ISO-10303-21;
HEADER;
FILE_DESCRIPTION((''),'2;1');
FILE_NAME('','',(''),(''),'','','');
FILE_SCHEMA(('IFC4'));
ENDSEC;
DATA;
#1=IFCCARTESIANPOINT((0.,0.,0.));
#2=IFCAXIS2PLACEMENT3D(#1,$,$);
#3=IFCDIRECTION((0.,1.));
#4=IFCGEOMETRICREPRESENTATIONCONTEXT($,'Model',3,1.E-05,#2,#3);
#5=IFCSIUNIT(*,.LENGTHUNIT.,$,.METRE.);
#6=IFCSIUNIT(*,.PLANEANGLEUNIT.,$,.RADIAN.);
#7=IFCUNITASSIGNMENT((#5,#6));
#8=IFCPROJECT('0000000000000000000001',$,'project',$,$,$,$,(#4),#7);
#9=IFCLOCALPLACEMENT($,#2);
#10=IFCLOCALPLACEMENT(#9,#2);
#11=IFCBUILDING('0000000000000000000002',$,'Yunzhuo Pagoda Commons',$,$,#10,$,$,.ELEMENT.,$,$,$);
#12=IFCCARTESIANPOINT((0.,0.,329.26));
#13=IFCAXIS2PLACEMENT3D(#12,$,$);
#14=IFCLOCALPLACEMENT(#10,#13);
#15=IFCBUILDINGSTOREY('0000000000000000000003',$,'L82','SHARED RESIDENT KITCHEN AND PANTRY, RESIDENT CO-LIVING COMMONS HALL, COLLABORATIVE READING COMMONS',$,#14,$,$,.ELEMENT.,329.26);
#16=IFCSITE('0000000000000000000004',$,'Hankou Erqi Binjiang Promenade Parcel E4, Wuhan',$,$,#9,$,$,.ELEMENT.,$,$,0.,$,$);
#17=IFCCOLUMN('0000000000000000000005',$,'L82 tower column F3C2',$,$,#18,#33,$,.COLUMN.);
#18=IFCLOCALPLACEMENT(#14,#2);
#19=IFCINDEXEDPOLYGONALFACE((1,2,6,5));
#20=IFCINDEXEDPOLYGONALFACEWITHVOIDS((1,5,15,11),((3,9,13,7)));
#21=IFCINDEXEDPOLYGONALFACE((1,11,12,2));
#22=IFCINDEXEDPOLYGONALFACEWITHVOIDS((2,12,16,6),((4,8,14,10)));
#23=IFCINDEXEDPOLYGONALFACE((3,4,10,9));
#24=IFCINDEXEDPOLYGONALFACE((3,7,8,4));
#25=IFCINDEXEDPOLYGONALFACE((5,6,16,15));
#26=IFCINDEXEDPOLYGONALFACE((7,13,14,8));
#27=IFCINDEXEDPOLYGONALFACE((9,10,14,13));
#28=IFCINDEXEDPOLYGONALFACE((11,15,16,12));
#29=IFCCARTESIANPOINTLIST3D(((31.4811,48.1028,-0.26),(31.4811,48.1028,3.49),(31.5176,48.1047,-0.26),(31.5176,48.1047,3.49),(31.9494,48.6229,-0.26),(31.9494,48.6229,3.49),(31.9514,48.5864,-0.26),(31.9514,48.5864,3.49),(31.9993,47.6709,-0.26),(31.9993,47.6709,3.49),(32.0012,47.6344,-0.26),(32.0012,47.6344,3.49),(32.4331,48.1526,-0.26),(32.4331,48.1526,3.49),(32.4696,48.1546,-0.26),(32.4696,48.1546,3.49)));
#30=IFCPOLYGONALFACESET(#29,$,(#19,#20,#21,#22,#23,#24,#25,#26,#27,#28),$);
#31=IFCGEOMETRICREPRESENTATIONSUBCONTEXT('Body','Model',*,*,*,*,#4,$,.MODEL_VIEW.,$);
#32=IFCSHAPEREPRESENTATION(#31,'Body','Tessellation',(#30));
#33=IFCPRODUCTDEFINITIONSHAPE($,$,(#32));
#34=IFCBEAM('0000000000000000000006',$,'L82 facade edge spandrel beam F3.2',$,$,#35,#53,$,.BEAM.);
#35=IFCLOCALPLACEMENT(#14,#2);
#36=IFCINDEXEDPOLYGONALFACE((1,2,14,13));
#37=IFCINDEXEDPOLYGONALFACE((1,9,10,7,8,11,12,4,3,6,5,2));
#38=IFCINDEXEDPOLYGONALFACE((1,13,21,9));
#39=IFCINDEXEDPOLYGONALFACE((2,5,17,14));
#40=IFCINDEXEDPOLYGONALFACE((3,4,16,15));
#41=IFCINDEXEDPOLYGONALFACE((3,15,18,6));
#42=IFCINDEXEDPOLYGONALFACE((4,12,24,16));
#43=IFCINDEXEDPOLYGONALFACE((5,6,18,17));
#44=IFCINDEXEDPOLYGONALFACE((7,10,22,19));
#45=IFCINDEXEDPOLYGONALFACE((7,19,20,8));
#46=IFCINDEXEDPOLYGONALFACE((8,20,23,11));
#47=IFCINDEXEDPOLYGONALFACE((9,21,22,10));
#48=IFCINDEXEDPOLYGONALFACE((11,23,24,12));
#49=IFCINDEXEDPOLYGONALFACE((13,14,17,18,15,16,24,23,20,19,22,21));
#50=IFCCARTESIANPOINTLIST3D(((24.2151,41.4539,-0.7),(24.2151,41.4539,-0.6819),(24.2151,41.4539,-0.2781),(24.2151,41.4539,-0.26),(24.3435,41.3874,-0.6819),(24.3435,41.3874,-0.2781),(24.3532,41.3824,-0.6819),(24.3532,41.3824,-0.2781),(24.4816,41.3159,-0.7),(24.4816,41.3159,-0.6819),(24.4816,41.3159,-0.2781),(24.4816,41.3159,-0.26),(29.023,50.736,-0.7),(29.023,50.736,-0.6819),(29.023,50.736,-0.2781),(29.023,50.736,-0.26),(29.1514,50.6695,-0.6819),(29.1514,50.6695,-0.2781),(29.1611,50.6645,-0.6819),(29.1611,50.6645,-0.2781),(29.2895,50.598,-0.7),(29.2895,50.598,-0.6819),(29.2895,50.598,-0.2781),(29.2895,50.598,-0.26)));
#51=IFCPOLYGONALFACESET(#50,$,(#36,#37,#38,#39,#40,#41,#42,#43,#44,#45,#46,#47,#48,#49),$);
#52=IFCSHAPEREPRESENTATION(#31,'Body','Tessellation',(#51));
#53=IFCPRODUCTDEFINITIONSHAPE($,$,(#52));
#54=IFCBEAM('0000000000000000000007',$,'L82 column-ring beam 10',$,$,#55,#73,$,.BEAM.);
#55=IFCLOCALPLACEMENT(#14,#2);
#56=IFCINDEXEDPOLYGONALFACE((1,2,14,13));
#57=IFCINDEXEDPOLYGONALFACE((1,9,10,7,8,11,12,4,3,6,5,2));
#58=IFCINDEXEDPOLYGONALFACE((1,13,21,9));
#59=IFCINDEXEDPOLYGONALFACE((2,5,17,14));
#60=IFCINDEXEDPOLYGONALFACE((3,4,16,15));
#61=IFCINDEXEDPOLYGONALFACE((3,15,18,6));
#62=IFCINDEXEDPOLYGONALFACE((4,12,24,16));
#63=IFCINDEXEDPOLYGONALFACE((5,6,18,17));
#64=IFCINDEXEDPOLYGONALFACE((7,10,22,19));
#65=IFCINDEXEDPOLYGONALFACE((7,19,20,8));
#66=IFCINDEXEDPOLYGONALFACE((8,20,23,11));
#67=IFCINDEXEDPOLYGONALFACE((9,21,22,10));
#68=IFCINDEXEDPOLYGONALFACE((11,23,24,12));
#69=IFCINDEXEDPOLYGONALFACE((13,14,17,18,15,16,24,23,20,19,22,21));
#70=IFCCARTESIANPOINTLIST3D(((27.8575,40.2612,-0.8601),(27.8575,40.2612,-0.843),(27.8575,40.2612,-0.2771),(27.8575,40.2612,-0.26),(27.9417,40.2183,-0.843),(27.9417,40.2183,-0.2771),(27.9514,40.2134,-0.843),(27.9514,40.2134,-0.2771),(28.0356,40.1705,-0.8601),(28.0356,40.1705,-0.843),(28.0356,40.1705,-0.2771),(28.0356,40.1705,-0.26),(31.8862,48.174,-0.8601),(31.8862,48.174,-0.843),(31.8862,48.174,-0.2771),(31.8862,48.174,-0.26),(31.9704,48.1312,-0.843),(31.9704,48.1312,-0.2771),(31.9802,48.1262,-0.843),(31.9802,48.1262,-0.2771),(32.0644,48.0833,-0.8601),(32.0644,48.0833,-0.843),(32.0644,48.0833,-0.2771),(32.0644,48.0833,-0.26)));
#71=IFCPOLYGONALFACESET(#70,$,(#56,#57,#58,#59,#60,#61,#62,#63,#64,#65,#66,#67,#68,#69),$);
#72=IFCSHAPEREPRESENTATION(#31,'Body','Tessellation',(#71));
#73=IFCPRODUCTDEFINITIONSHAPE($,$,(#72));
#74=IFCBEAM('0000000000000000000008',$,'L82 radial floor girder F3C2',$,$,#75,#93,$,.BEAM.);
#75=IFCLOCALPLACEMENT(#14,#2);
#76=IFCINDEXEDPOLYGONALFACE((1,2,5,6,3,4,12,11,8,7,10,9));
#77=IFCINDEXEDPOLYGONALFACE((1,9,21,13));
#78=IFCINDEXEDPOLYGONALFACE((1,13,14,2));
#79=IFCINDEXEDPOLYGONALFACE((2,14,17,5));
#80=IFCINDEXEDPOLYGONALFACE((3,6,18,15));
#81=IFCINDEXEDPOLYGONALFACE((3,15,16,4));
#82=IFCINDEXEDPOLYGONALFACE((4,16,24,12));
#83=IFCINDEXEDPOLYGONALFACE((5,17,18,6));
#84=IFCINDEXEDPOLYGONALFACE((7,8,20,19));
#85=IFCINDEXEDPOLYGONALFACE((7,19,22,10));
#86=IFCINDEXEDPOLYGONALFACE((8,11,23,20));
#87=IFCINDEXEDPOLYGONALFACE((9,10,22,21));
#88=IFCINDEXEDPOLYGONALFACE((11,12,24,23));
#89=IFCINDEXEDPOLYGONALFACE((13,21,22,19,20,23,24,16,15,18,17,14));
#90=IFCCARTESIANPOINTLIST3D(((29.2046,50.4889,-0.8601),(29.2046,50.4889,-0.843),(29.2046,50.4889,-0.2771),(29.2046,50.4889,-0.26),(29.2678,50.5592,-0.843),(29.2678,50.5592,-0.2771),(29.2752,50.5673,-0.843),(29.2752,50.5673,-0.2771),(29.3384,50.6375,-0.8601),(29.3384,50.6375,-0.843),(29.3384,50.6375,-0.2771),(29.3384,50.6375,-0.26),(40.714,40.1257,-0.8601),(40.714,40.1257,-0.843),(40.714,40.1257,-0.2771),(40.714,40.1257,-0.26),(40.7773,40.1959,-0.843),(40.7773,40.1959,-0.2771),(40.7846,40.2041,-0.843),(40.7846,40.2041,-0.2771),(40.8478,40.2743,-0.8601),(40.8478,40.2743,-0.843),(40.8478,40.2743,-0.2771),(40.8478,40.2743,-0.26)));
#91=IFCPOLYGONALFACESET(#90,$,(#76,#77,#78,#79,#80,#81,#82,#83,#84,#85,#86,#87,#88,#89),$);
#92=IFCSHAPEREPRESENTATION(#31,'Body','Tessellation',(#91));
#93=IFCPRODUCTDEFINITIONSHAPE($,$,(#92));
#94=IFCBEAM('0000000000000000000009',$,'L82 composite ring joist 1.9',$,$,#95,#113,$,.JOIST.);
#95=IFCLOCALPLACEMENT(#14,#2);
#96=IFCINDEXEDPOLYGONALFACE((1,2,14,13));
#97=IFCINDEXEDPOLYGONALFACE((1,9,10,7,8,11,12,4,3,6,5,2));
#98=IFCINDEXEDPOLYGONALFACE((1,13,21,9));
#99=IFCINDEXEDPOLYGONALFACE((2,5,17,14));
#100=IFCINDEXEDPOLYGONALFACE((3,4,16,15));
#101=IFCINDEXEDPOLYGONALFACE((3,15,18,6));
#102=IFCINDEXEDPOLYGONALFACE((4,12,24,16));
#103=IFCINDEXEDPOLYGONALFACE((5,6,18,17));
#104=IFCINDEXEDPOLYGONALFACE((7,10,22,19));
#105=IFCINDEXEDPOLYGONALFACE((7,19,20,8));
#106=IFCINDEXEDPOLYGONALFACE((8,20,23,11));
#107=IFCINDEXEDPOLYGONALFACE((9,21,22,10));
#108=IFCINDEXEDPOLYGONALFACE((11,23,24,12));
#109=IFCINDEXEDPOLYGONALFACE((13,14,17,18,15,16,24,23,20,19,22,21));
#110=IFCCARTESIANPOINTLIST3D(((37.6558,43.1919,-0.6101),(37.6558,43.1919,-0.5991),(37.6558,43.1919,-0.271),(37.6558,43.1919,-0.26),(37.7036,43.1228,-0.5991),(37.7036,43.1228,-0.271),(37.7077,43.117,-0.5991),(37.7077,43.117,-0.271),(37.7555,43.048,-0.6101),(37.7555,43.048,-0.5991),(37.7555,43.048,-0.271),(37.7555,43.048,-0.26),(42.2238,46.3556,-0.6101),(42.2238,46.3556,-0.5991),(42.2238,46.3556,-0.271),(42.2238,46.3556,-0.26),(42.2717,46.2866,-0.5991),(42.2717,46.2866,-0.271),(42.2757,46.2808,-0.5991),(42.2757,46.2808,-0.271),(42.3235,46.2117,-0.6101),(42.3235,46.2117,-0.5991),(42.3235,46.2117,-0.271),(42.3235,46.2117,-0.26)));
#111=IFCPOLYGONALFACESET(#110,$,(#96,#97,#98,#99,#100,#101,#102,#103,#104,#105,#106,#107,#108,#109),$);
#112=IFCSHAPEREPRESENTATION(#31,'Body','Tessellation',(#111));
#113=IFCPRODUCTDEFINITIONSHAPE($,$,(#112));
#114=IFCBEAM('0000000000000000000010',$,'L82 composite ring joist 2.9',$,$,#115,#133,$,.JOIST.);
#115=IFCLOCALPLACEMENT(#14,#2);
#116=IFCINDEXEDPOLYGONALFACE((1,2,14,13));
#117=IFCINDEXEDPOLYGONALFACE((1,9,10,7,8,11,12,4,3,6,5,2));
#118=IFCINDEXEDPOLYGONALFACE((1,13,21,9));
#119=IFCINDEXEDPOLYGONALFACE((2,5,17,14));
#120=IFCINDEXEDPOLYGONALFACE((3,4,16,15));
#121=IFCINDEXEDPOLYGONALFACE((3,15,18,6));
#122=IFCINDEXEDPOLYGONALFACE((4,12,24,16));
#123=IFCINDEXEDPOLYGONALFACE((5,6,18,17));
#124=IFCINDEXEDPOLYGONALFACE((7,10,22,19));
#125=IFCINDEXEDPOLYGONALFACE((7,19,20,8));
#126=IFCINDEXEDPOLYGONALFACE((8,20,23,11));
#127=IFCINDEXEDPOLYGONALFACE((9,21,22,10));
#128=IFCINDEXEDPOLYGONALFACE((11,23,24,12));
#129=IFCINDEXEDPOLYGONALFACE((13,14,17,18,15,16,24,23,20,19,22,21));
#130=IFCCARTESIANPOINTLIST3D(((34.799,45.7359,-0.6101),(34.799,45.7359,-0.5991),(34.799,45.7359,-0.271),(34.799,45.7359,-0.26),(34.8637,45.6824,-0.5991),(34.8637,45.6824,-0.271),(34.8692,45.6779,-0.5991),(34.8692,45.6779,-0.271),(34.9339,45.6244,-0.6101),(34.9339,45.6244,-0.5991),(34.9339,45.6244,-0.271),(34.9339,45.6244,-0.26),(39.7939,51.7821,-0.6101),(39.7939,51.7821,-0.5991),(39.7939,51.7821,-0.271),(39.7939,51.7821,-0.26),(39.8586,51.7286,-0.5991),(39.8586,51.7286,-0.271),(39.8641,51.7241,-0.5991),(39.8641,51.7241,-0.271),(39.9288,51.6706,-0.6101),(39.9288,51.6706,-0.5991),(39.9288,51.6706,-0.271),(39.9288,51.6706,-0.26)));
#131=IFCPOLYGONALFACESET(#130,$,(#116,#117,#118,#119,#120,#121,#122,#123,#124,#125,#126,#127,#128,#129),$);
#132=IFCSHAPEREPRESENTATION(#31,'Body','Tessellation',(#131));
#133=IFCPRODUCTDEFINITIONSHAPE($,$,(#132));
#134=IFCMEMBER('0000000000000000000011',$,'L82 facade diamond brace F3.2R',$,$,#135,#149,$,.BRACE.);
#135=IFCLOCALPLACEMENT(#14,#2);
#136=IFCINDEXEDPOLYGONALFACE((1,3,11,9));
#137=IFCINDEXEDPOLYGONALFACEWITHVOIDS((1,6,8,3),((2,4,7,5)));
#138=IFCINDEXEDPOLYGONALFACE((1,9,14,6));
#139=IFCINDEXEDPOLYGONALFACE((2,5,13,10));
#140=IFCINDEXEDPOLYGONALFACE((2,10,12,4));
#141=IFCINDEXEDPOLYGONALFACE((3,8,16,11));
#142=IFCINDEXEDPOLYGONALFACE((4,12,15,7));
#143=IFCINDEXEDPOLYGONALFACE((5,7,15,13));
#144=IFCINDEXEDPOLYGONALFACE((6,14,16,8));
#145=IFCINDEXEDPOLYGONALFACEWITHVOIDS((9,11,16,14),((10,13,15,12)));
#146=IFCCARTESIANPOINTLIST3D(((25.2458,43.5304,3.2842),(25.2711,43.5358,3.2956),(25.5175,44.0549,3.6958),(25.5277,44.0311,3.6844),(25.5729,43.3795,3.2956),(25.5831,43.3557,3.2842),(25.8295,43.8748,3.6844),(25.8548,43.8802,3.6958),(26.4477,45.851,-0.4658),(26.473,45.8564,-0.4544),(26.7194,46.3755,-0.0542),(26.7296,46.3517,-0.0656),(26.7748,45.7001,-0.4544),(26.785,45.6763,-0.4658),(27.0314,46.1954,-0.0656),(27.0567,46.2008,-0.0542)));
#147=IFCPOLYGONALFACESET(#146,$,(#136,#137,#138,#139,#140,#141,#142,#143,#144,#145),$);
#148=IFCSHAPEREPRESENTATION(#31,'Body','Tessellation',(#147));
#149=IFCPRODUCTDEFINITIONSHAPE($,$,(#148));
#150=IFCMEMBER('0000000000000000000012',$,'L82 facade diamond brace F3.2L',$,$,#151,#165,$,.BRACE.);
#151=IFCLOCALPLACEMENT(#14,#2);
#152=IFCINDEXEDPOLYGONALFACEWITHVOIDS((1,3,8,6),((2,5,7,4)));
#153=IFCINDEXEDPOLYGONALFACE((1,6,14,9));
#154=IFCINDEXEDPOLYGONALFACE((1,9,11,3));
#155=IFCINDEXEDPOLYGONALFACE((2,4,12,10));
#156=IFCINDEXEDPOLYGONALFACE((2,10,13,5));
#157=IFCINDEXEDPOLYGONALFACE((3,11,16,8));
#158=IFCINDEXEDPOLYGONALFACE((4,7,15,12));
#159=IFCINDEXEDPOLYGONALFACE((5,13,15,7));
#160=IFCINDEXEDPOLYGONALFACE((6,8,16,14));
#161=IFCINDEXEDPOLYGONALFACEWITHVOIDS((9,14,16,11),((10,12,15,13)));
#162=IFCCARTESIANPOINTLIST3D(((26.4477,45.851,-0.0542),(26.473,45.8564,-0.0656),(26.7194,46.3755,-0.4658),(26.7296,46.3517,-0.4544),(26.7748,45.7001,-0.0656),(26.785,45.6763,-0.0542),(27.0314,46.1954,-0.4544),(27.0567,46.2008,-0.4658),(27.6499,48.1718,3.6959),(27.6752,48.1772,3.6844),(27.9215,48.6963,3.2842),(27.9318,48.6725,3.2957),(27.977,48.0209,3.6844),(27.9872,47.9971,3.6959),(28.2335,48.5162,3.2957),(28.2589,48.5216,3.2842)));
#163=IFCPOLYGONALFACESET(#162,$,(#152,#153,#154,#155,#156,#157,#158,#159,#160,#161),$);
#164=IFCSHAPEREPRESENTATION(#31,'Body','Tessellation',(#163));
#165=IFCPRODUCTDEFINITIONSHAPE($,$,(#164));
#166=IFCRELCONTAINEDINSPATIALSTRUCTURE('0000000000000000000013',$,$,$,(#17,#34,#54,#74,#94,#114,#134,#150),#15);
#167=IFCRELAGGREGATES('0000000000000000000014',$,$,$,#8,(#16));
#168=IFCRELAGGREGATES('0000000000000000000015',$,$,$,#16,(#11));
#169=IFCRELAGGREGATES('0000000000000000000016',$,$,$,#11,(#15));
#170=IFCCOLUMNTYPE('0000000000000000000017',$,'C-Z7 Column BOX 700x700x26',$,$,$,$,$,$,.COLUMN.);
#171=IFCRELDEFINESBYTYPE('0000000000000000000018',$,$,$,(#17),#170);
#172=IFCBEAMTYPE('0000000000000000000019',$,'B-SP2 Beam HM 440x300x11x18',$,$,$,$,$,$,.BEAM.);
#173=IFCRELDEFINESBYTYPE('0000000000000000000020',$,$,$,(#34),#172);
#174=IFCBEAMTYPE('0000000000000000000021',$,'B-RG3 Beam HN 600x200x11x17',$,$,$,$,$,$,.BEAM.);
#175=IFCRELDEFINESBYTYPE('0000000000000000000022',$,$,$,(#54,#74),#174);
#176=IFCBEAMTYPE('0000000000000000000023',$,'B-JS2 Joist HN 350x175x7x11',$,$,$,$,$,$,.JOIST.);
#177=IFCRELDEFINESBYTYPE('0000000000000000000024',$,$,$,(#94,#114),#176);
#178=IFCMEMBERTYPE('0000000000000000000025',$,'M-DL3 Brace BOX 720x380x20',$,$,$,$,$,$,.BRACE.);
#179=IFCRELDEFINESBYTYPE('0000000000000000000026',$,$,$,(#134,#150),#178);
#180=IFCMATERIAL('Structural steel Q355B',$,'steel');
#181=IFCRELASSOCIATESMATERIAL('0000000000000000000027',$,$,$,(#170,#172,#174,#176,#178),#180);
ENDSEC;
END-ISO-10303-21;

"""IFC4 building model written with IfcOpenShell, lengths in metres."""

from ifc_helpers import new_model, si_unit, direction, frame, origin, origin_2d, place, context, subcontext, project, spatial, hollow_rectangle, i_section, extrude, source, transform, mapped, material, material_profile, profile_set, type_object, element, save


model = new_model("IFC4")

# Units and contexts
model_context = context("Model", 3, precision=1e-05, world=origin(), true_north=direction((0.0, 1.0)))
body_context = subcontext(model_context, "Body", "Model", "MODEL_VIEW")
ifc_project = project(units=[si_unit("LENGTHUNIT", "METRE"), si_unit("PLANEANGLEUNIT", "RADIAN")], contexts=[model_context])

# Site, building, storey
site_placement = place(None, origin())
site = spatial("IfcSite", under=ifc_project, at=site_placement, Name="Hankou Erqi Binjiang Promenade Parcel E4, Wuhan", CompositionType="ELEMENT", RefElevation=0.0)
building_placement = place(site_placement, origin())
building = spatial("IfcBuilding", under=site, at=building_placement, Name="Yunzhuo Pagoda Commons", CompositionType="ELEMENT")
storey_placement = place(building_placement, frame((0.0, 0.0, 329.26)))
storey = spatial("IfcBuildingStorey", under=building, at=storey_placement, Name="L82", Description="SHARED RESIDENT KITCHEN AND PANTRY, RESIDENT CO-LIVING COMMONS HALL, COLLABORATIVE READING COMMONS", CompositionType="ELEMENT", Elevation=329.26)

# Column
ifc_material_1 = material(Name="Structural steel Q355B", Category="steel")
ifc_material_profile_1 = material_profile(ifc_material_1, hollow_rectangle(XDim=0.7, YDim=0.7, WallThickness=0.0259, at=origin_2d()), Name="Structural steel Q355B")
ifc_profile_set_1 = profile_set([ifc_material_profile_1], Name="Structural steel Q355B")
column_type = type_object("IfcColumnType", Name="C-Z7 Column BOX 700x700x26", PredefinedType="COLUMN", material=ifc_profile_set_1)
shared_shape_1 = source(origin(), body_context, "Body", "SweptSolid", [
    extrude(hollow_rectangle(XDim=0.7, YDim=0.7, WallThickness=0.0259, at=origin_2d()), origin(), (0.0, 0.0, 1.0), 3.75),
])
column_placement = place(storey_placement, frame((31.9753, 48.1287, -0.26), z_axis=(0.0, 0.0, 1.0), x_axis=(-0.669131, -0.743145, 0.0)))
element("IfcColumn", 1, at=column_placement, inside=storey, type_object=column_type, Name="L82 tower column F3C2", PredefinedType="COLUMN", context=body_context, shape_type="MappedRepresentation", body=[
    mapped(shared_shape_1, transform((0.0, 0.0, 0.0), scale=1.0)),
])

# Beams
ifc_material_profile_2 = material_profile(ifc_material_1, i_section(OverallWidth=0.3, OverallDepth=0.4399, WebThickness=0.011, FlangeThickness=0.0181, at=origin_2d()), Name="Structural steel Q355B")
ifc_profile_set_2 = profile_set([ifc_material_profile_2], Name="Structural steel Q355B")
beam_type_1 = type_object("IfcBeamType", Name="B-SP2 Beam HM 440x300x11x18", PredefinedType="BEAM", material=ifc_profile_set_2)
shared_shape_2 = source(origin(), body_context, "Body", "SweptSolid", [
    extrude(i_section(OverallWidth=0.3, OverallDepth=0.4399, WebThickness=0.011, FlangeThickness=0.0181, at=origin_2d()), origin(), (0.0, 0.0, 1.0), 10.4534),
])
beam_1_placement = place(storey_placement, frame((29.1562, 50.667, -0.48), z_axis=(-0.459939, -0.887951, 0.0), x_axis=(0.887951, -0.459939, 0.0)))
element("IfcBeam", 2, at=beam_1_placement, inside=storey, type_object=beam_type_1, Name="L82 facade edge spandrel beam F3.2", PredefinedType="BEAM", context=body_context, shape_type="MappedRepresentation", body=[
    mapped(shared_shape_2, transform((0.0, 0.0, 0.0), scale=1.0)),
])
ifc_material_profile_3 = material_profile(ifc_material_1, i_section(OverallWidth=0.2, OverallDepth=0.6001, WebThickness=0.011, FlangeThickness=0.0171, at=origin_2d()), Name="Structural steel Q355B")
ifc_profile_set_3 = profile_set([ifc_material_profile_3], Name="Structural steel Q355B")
beam_type_2 = type_object("IfcBeamType", Name="B-RG3 Beam HN 600x200x11x17", PredefinedType="BEAM", material=ifc_profile_set_3)
shared_shape_3 = source(origin(), body_context, "Body", "SweptSolid", [
    extrude(i_section(OverallWidth=0.2, OverallDepth=0.6001, WebThickness=0.011, FlangeThickness=0.0171, at=origin_2d()), origin(), (0.0, 0.0, 1.0), 8.8794),
])
beam_2_placement = place(storey_placement, frame((31.9753, 48.1287, -0.5601), z_axis=(-0.453724, -0.891142, 0.0), x_axis=(0.891142, -0.453724, 0.0)))
element("IfcBeam", 3, at=beam_2_placement, inside=storey, type_object=beam_type_2, Name="L82 column-ring beam 10", PredefinedType="BEAM", context=body_context, shape_type="MappedRepresentation", body=[
    mapped(shared_shape_3, transform((0.0, 0.0, 0.0), scale=1.0)),
])
shared_shape_4 = source(origin(), body_context, "Body", "SweptSolid", [
    extrude(i_section(OverallWidth=0.2, OverallDepth=0.6001, WebThickness=0.011, FlangeThickness=0.0171, at=origin_2d()), origin(), (0.0, 0.0, 1.0), 15.4875),
])
beam_3_placement = place(storey_placement, frame((29.2715, 50.5632, -0.5601), z_axis=(0.743143, -0.669133, 0.0), x_axis=(0.669133, 0.743143, 0.0)))
element("IfcBeam", 4, at=beam_3_placement, inside=storey, type_object=beam_type_2, Name="L82 radial floor girder F3C2", PredefinedType="BEAM", context=body_context, shape_type="MappedRepresentation", body=[
    mapped(shared_shape_4, transform((0.0, 0.0, 0.0), scale=1.0)),
])
ifc_material_profile_4 = material_profile(ifc_material_1, i_section(OverallWidth=0.175, OverallDepth=0.3501, WebThickness=0.0071, FlangeThickness=0.011, at=origin_2d()), Name="Structural steel Q355B")
ifc_profile_set_4 = profile_set([ifc_material_profile_4], Name="Structural steel Q355B")
beam_type_3 = type_object("IfcBeamType", Name="B-JS2 Joist HN 350x175x7x11", PredefinedType="JOIST", material=ifc_profile_set_4)
shared_shape_5 = source(origin(), body_context, "Body", "SweptSolid", [
    extrude(i_section(OverallWidth=0.175, OverallDepth=0.3501, WebThickness=0.0071, FlangeThickness=0.011, at=origin_2d()), origin(), (0.0, 0.0, 1.0), 5.5566),
])
beam_4_placement = place(storey_placement, frame((42.2737, 46.2837, -0.4351), z_axis=(-0.822085, -0.569365, 0.0), x_axis=(0.569365, -0.822085, 0.0)))
element("IfcBeam", 5, at=beam_4_placement, inside=storey, type_object=beam_type_3, Name="L82 composite ring joist 1.9", PredefinedType="JOIST", context=body_context, shape_type="MappedRepresentation", body=[
    mapped(shared_shape_5, transform((0.0, 0.0, 0.0), scale=1.0)),
])
shared_shape_6 = source(origin(), body_context, "Body", "SweptSolid", [
    extrude(i_section(OverallWidth=0.175, OverallDepth=0.3501, WebThickness=0.0071, FlangeThickness=0.011, at=origin_2d()), origin(), (0.0, 0.0, 1.0), 7.8425),
])
beam_5_placement = place(storey_placement, frame((39.8613, 51.7263, -0.4351), z_axis=(-0.636899, -0.770947, 0.0), x_axis=(0.770947, -0.636899, 0.0)))
element("IfcBeam", 6, at=beam_5_placement, inside=storey, type_object=beam_type_3, Name="L82 composite ring joist 2.9", PredefinedType="JOIST", context=body_context, shape_type="MappedRepresentation", body=[
    mapped(shared_shape_6, transform((0.0, 0.0, 0.0), scale=1.0)),
])

# Members
ifc_material_profile_5 = material_profile(ifc_material_1, hollow_rectangle(XDim=0.3799, YDim=0.72, WallThickness=0.02, at=origin_2d()), Name="Structural steel Q355B")
ifc_profile_set_5 = profile_set([ifc_material_profile_5], Name="Structural steel Q355B")
member_type_1 = type_object("IfcMemberType", Name="M-DL3 Brace BOX 720x380x20", PredefinedType="BRACE", material=ifc_profile_set_5)
shared_shape_7 = source(origin(), body_context, "Body", "SweptSolid", [
    extrude(hollow_rectangle(XDim=0.3799, YDim=0.72, WallThickness=0.02, at=origin_2d()), origin(), (0.0, 0.0, 1.0), 4.5708),
])
member_1_placement = place(storey_placement, frame((26.7522, 46.0259, -0.26), z_axis=(-0.262954, -0.507693, 0.820428), x_axis=(0.887965, -0.459911, 0.0)))
element("IfcMember", 7, at=member_1_placement, inside=storey, type_object=member_type_1, Name="L82 facade diamond brace F3.2R", PredefinedType="BRACE", context=body_context, shape_type="MappedRepresentation", body=[
    mapped(shared_shape_7, transform((0.0, 0.0, 0.0), scale=1.0)),
])
shared_shape_8 = source(origin(), body_context, "Body", "SweptSolid", [
    extrude(hollow_rectangle(XDim=0.3799, YDim=0.72, WallThickness=0.02, at=origin_2d()), origin(), (0.0, 0.0, 1.0), 4.571),
])
member_2_placement = place(storey_placement, frame((26.7522, 46.0259, -0.26), z_axis=(0.262996, 0.507726, 0.820395), x_axis=(-0.887947, 0.459946, 0.0)))
element("IfcMember", 8, at=member_2_placement, inside=storey, type_object=member_type_1, Name="L82 facade diamond brace F3.2L", PredefinedType="BRACE", context=body_context, shape_type="MappedRepresentation", body=[
    mapped(shared_shape_8, transform((0.0, 0.0, 0.0), scale=1.0)),
])

save(model, "model.ifc")
